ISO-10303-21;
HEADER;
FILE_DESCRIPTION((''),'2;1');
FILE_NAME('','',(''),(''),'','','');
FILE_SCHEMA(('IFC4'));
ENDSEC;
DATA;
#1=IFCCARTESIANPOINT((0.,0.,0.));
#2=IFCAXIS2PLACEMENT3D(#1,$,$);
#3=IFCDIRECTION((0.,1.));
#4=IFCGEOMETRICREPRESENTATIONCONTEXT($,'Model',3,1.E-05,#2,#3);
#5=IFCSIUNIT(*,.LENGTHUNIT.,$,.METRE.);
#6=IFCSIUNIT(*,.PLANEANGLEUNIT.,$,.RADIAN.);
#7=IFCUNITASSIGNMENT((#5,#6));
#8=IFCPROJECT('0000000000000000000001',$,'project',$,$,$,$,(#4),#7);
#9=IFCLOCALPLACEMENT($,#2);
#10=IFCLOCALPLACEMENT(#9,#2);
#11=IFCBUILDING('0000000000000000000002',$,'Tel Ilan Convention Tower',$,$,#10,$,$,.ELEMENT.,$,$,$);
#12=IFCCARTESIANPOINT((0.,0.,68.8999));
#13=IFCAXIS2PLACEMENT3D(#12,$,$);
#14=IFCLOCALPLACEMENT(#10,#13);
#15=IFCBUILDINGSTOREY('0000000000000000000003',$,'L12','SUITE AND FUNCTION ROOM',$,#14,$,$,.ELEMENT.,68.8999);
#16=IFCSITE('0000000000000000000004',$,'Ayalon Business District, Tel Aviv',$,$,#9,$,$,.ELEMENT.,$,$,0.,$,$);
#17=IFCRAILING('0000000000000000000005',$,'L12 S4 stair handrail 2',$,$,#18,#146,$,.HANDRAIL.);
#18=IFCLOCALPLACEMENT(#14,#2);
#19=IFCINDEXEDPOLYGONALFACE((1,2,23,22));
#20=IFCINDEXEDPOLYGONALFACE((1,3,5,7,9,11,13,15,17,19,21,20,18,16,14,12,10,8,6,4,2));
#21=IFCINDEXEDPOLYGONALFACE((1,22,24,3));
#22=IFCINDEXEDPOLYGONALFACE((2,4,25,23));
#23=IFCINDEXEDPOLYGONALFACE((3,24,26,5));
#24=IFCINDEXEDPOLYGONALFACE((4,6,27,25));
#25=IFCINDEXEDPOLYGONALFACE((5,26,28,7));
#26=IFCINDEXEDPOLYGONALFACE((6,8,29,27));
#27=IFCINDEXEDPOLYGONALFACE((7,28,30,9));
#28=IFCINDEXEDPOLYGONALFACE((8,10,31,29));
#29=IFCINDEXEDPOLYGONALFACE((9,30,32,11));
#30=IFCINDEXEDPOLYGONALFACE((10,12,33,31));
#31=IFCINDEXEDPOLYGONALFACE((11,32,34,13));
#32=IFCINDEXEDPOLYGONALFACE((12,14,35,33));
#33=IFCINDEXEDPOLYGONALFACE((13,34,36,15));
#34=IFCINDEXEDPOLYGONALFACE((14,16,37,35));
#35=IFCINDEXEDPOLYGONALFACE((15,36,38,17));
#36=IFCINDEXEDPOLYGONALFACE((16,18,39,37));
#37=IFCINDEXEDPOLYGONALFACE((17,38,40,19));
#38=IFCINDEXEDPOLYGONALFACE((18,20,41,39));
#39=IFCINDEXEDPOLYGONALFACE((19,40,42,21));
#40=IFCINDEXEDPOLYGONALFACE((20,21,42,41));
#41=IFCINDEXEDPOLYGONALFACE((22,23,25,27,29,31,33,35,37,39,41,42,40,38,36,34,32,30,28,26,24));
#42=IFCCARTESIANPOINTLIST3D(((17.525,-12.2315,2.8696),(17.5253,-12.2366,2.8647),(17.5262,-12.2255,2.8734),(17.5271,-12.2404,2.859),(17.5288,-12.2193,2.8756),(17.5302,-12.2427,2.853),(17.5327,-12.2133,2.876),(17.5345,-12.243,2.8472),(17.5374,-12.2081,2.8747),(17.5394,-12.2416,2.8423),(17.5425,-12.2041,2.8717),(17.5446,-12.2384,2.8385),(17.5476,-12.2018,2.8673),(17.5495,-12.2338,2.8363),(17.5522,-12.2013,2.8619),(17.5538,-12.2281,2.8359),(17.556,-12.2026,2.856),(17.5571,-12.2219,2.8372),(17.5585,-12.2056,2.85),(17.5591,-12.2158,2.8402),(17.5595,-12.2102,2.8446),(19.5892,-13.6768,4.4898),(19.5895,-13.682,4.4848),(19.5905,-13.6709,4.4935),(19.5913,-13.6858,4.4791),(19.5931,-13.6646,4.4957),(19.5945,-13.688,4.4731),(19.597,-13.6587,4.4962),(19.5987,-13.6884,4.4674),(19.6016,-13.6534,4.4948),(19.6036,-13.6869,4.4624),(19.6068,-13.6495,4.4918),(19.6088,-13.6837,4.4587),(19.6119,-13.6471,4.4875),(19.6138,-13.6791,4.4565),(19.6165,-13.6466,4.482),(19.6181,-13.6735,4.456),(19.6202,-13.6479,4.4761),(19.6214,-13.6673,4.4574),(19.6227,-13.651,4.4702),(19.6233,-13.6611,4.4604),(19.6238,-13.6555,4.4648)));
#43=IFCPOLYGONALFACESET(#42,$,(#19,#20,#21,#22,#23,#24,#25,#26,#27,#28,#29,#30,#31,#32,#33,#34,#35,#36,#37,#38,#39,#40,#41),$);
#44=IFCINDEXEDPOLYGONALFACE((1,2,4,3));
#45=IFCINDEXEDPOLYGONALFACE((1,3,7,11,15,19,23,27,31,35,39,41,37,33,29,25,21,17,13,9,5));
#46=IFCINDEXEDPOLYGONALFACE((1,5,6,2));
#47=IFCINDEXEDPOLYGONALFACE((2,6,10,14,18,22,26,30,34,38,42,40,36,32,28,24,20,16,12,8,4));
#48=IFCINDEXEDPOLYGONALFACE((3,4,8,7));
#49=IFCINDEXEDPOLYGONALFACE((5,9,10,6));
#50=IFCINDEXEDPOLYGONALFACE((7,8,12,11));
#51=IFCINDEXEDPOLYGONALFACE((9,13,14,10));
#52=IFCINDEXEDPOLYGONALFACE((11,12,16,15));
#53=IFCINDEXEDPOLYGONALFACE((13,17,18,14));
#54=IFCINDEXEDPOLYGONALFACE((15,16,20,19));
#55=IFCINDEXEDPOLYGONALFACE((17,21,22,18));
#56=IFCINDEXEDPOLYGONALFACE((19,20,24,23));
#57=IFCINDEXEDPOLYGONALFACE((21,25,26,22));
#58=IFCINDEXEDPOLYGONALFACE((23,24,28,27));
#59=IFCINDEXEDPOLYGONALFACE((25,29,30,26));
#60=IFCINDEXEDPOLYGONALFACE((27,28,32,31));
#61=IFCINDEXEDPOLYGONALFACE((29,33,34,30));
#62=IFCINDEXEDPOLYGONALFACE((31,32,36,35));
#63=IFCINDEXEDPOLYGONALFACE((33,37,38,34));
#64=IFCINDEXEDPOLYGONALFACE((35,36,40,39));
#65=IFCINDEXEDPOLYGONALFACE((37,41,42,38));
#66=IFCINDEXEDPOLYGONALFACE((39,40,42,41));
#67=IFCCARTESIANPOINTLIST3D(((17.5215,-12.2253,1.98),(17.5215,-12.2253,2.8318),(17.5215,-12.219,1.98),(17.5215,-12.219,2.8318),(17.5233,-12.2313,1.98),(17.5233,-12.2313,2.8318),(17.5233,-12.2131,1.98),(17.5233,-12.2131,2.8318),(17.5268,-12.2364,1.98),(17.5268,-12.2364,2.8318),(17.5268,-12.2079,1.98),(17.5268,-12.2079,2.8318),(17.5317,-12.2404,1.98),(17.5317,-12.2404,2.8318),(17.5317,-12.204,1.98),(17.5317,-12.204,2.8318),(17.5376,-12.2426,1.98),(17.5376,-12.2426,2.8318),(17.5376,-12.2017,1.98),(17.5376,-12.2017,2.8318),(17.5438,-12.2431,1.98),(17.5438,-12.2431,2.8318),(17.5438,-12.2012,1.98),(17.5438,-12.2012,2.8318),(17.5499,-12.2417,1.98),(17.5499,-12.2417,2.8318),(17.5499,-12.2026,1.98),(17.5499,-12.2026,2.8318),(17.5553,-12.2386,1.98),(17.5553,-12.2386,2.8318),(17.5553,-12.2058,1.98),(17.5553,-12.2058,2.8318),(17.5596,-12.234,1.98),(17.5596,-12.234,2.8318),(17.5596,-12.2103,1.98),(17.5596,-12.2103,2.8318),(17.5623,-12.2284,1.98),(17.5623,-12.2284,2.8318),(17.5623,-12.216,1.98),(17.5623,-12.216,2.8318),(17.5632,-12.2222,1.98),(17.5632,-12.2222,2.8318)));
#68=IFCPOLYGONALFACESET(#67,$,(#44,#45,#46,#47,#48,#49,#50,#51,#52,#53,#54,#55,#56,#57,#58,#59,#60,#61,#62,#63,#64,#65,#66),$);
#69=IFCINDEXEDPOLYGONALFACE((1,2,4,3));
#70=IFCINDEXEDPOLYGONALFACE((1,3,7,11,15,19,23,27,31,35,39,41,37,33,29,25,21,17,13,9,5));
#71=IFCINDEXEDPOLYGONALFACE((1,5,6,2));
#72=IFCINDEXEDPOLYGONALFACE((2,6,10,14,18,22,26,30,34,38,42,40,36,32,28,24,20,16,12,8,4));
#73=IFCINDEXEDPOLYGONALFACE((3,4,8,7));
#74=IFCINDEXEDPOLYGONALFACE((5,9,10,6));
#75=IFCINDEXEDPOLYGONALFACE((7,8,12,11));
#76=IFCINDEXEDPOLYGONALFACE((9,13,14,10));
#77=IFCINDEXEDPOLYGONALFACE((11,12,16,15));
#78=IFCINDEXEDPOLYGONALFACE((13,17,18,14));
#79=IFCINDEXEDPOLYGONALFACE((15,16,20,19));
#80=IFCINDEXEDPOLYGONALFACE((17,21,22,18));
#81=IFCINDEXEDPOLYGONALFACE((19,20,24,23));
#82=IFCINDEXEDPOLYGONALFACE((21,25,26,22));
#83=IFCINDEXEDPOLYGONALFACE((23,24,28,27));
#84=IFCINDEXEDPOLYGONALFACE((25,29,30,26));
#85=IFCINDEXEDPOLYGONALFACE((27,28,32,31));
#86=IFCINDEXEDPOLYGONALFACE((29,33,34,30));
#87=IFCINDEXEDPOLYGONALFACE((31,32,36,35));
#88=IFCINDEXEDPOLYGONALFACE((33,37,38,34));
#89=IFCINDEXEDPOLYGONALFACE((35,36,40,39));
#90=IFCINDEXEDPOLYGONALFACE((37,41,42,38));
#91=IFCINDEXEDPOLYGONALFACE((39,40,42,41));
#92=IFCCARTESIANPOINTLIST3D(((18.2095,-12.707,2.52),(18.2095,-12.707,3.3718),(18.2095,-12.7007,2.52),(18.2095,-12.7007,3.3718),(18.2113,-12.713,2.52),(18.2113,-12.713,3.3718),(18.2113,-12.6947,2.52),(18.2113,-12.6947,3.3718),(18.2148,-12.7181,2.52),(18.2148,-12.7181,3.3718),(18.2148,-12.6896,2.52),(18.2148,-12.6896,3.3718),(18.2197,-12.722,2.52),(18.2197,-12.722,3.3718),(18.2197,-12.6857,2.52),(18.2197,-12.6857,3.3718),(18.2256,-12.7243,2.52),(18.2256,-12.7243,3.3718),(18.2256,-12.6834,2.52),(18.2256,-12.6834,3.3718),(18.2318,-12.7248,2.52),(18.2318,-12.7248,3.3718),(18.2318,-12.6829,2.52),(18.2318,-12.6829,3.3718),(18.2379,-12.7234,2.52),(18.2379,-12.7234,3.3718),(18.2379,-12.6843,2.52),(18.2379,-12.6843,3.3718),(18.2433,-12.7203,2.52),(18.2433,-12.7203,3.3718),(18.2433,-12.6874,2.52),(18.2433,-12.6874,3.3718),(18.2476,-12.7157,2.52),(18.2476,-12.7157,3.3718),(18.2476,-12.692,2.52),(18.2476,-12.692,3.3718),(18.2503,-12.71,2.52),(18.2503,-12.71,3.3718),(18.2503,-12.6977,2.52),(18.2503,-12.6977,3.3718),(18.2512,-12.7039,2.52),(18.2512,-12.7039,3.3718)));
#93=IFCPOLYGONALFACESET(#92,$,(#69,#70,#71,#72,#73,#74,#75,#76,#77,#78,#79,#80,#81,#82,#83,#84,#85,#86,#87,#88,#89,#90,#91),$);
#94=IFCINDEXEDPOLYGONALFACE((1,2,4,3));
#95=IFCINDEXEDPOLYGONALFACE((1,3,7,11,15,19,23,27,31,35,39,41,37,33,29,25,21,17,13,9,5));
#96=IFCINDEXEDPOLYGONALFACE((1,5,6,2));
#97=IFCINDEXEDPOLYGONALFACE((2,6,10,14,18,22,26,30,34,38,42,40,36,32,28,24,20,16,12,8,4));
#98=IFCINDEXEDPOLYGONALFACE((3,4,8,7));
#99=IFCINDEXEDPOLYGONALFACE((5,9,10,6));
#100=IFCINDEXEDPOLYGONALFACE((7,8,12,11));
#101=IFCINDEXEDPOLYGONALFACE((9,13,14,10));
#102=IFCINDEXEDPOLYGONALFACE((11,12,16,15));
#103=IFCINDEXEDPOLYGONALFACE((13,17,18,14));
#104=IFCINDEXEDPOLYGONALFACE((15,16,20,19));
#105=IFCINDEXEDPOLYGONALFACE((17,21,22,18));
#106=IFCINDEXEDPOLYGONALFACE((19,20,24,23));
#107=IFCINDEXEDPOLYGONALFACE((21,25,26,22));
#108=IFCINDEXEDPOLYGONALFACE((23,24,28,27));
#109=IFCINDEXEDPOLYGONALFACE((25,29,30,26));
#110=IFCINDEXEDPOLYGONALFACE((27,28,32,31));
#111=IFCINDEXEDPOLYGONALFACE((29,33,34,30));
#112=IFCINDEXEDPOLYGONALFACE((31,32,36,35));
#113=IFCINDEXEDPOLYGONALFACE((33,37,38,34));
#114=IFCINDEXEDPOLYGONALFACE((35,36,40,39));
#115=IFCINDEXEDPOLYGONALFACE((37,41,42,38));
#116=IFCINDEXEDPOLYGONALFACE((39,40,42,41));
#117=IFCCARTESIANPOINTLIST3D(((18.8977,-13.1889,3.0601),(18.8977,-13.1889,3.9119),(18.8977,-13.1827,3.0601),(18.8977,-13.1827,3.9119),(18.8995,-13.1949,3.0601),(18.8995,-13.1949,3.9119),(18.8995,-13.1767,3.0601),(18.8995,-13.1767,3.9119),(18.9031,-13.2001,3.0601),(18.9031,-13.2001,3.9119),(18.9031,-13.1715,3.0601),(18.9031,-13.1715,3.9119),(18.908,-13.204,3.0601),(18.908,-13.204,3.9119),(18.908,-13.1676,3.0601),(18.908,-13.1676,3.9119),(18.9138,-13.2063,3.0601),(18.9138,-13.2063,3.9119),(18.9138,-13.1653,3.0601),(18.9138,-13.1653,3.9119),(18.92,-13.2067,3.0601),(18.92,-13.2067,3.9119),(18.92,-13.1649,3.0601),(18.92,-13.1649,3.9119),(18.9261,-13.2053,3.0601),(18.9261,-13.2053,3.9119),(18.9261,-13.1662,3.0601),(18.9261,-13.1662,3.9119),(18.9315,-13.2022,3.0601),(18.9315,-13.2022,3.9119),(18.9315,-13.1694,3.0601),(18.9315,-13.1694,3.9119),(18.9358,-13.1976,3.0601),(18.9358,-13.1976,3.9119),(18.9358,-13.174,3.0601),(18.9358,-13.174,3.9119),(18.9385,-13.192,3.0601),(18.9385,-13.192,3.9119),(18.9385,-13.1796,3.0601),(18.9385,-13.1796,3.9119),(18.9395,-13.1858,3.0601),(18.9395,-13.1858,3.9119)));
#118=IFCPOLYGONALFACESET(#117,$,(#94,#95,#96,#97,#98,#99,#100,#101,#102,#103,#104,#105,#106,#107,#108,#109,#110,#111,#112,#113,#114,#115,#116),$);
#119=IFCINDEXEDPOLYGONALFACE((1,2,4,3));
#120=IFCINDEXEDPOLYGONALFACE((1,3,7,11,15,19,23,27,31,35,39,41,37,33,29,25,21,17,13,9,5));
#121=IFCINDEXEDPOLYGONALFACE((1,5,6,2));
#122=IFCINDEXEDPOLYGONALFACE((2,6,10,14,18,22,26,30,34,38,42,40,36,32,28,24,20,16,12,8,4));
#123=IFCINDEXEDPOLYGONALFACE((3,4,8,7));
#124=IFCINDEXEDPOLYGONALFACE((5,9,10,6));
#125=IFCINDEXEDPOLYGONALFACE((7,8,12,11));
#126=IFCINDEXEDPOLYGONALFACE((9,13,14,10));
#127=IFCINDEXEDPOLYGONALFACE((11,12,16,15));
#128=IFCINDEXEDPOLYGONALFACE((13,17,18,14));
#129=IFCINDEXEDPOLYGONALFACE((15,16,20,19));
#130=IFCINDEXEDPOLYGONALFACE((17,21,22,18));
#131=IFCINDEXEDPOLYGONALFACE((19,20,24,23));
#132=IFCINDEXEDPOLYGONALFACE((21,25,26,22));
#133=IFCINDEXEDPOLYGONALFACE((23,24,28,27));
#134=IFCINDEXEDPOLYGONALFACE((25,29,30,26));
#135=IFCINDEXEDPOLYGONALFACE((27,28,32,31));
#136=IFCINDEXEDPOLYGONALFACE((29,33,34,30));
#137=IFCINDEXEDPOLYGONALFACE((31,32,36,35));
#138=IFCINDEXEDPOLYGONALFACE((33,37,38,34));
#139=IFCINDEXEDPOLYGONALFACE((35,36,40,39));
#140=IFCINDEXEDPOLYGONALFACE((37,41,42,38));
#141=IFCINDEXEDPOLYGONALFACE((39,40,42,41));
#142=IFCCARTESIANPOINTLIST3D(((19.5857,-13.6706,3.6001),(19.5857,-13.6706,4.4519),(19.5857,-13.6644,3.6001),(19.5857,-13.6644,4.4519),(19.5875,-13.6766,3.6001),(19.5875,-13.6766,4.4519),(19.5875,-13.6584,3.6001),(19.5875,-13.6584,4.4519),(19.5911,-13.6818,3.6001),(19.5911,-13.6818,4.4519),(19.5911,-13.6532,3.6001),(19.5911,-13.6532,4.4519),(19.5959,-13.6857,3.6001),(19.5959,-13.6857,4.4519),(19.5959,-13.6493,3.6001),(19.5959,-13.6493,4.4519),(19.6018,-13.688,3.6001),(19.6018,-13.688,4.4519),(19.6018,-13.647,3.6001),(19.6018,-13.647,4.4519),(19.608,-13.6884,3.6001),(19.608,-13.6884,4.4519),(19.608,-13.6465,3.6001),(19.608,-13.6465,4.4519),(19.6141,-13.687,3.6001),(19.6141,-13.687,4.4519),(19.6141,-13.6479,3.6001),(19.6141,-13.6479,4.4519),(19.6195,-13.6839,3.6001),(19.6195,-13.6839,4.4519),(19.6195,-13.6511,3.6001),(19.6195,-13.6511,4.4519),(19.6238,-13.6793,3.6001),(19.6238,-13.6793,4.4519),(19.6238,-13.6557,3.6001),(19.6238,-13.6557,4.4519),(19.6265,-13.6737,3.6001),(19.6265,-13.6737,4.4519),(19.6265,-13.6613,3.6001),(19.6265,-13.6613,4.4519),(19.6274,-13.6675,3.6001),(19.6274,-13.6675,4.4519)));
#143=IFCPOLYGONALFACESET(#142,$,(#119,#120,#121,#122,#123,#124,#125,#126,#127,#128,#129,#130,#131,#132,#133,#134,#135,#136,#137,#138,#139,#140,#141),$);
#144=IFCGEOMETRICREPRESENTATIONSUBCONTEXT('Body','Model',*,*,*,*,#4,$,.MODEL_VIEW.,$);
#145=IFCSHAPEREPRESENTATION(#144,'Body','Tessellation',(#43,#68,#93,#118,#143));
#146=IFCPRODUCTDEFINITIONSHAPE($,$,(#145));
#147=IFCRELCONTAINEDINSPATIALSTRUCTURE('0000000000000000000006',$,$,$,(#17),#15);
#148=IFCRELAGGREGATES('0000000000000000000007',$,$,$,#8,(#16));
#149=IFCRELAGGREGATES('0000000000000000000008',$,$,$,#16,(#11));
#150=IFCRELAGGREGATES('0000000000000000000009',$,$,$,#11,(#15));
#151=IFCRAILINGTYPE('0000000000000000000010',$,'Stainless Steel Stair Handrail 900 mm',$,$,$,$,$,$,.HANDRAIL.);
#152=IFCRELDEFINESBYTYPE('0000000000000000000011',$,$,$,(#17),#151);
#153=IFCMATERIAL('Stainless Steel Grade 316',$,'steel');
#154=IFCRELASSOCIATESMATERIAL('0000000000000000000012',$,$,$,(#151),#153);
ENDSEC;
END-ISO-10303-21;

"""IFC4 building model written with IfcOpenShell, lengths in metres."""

from ifc_helpers import new_model, si_unit, direction, frame, origin, origin_2d, place, context, subcontext, project, spatial, circle, extrude, material, type_object, element, save


model = new_model("IFC4")

# Units and contexts
model_context = context("Model", 3, precision=1e-05, world=origin(), true_north=direction((0.0, 1.0)))
body_context = subcontext(model_context, "Body", "Model", "MODEL_VIEW")
ifc_project = project(units=[si_unit("LENGTHUNIT", "METRE"), si_unit("PLANEANGLEUNIT", "RADIAN")], contexts=[model_context])

# Site, building, storey
site_placement = place(None, origin())
site = spatial("IfcSite", under=ifc_project, at=site_placement, Name="Ayalon Business District, Tel Aviv", CompositionType="ELEMENT", RefElevation=0.0)
building_placement = place(site_placement, origin())
building = spatial("IfcBuilding", under=site, at=building_placement, Name="Tel Ilan Convention Tower", CompositionType="ELEMENT")
storey_placement = place(building_placement, frame((0.0, 0.0, 68.8999)))
storey = spatial("IfcBuildingStorey", under=building, at=storey_placement, Name="L12", Description="SUITE AND FUNCTION ROOM", CompositionType="ELEMENT", Elevation=68.8999)

# Railing
ifc_material_1 = material(Name="Stainless Steel Grade 316", Category="steel")
railing_type_1 = type_object("IfcRailingType", Name="Stainless Steel Stair Handrail 900 mm", PredefinedType="HANDRAIL", material=ifc_material_1)
railing_1_placement = place(storey_placement, frame((17.5422, -12.2222, 1.98)))
element("IfcRailing", 1, at=railing_1_placement, inside=storey, type_object=railing_type_1, Name="L12 S4 stair handrail 2", PredefinedType="HANDRAIL", context=body_context, shape_type="SweptSolid", body=[
    extrude(circle(Radius=0.0239, at=origin_2d()), frame((0.0, 0.0, 0.876), z_axis=(0.68904, -0.48245, 0.540801), x_axis=(0.57356, 0.819164, 0.0)), (0.0, 0.0, 1.0), 2.9958),
    extrude(circle(Radius=0.021, at=origin_2d()), origin(), (0.0, 0.0, 1.0), 0.8518),
    extrude(circle(Radius=0.021, at=origin_2d()), frame((0.688, -0.4817, 0.54)), (0.0, 0.0, 1.0), 0.8518),
    extrude(circle(Radius=0.021, at=origin_2d()), frame((1.3762, -0.9636, 1.0801)), (0.0, 0.0, 1.0), 0.8518),
    extrude(circle(Radius=0.021, at=origin_2d()), frame((2.0642, -1.4453, 1.6201)), (0.0, 0.0, 1.0), 0.8518),
])

save(model, "model.ifc")
